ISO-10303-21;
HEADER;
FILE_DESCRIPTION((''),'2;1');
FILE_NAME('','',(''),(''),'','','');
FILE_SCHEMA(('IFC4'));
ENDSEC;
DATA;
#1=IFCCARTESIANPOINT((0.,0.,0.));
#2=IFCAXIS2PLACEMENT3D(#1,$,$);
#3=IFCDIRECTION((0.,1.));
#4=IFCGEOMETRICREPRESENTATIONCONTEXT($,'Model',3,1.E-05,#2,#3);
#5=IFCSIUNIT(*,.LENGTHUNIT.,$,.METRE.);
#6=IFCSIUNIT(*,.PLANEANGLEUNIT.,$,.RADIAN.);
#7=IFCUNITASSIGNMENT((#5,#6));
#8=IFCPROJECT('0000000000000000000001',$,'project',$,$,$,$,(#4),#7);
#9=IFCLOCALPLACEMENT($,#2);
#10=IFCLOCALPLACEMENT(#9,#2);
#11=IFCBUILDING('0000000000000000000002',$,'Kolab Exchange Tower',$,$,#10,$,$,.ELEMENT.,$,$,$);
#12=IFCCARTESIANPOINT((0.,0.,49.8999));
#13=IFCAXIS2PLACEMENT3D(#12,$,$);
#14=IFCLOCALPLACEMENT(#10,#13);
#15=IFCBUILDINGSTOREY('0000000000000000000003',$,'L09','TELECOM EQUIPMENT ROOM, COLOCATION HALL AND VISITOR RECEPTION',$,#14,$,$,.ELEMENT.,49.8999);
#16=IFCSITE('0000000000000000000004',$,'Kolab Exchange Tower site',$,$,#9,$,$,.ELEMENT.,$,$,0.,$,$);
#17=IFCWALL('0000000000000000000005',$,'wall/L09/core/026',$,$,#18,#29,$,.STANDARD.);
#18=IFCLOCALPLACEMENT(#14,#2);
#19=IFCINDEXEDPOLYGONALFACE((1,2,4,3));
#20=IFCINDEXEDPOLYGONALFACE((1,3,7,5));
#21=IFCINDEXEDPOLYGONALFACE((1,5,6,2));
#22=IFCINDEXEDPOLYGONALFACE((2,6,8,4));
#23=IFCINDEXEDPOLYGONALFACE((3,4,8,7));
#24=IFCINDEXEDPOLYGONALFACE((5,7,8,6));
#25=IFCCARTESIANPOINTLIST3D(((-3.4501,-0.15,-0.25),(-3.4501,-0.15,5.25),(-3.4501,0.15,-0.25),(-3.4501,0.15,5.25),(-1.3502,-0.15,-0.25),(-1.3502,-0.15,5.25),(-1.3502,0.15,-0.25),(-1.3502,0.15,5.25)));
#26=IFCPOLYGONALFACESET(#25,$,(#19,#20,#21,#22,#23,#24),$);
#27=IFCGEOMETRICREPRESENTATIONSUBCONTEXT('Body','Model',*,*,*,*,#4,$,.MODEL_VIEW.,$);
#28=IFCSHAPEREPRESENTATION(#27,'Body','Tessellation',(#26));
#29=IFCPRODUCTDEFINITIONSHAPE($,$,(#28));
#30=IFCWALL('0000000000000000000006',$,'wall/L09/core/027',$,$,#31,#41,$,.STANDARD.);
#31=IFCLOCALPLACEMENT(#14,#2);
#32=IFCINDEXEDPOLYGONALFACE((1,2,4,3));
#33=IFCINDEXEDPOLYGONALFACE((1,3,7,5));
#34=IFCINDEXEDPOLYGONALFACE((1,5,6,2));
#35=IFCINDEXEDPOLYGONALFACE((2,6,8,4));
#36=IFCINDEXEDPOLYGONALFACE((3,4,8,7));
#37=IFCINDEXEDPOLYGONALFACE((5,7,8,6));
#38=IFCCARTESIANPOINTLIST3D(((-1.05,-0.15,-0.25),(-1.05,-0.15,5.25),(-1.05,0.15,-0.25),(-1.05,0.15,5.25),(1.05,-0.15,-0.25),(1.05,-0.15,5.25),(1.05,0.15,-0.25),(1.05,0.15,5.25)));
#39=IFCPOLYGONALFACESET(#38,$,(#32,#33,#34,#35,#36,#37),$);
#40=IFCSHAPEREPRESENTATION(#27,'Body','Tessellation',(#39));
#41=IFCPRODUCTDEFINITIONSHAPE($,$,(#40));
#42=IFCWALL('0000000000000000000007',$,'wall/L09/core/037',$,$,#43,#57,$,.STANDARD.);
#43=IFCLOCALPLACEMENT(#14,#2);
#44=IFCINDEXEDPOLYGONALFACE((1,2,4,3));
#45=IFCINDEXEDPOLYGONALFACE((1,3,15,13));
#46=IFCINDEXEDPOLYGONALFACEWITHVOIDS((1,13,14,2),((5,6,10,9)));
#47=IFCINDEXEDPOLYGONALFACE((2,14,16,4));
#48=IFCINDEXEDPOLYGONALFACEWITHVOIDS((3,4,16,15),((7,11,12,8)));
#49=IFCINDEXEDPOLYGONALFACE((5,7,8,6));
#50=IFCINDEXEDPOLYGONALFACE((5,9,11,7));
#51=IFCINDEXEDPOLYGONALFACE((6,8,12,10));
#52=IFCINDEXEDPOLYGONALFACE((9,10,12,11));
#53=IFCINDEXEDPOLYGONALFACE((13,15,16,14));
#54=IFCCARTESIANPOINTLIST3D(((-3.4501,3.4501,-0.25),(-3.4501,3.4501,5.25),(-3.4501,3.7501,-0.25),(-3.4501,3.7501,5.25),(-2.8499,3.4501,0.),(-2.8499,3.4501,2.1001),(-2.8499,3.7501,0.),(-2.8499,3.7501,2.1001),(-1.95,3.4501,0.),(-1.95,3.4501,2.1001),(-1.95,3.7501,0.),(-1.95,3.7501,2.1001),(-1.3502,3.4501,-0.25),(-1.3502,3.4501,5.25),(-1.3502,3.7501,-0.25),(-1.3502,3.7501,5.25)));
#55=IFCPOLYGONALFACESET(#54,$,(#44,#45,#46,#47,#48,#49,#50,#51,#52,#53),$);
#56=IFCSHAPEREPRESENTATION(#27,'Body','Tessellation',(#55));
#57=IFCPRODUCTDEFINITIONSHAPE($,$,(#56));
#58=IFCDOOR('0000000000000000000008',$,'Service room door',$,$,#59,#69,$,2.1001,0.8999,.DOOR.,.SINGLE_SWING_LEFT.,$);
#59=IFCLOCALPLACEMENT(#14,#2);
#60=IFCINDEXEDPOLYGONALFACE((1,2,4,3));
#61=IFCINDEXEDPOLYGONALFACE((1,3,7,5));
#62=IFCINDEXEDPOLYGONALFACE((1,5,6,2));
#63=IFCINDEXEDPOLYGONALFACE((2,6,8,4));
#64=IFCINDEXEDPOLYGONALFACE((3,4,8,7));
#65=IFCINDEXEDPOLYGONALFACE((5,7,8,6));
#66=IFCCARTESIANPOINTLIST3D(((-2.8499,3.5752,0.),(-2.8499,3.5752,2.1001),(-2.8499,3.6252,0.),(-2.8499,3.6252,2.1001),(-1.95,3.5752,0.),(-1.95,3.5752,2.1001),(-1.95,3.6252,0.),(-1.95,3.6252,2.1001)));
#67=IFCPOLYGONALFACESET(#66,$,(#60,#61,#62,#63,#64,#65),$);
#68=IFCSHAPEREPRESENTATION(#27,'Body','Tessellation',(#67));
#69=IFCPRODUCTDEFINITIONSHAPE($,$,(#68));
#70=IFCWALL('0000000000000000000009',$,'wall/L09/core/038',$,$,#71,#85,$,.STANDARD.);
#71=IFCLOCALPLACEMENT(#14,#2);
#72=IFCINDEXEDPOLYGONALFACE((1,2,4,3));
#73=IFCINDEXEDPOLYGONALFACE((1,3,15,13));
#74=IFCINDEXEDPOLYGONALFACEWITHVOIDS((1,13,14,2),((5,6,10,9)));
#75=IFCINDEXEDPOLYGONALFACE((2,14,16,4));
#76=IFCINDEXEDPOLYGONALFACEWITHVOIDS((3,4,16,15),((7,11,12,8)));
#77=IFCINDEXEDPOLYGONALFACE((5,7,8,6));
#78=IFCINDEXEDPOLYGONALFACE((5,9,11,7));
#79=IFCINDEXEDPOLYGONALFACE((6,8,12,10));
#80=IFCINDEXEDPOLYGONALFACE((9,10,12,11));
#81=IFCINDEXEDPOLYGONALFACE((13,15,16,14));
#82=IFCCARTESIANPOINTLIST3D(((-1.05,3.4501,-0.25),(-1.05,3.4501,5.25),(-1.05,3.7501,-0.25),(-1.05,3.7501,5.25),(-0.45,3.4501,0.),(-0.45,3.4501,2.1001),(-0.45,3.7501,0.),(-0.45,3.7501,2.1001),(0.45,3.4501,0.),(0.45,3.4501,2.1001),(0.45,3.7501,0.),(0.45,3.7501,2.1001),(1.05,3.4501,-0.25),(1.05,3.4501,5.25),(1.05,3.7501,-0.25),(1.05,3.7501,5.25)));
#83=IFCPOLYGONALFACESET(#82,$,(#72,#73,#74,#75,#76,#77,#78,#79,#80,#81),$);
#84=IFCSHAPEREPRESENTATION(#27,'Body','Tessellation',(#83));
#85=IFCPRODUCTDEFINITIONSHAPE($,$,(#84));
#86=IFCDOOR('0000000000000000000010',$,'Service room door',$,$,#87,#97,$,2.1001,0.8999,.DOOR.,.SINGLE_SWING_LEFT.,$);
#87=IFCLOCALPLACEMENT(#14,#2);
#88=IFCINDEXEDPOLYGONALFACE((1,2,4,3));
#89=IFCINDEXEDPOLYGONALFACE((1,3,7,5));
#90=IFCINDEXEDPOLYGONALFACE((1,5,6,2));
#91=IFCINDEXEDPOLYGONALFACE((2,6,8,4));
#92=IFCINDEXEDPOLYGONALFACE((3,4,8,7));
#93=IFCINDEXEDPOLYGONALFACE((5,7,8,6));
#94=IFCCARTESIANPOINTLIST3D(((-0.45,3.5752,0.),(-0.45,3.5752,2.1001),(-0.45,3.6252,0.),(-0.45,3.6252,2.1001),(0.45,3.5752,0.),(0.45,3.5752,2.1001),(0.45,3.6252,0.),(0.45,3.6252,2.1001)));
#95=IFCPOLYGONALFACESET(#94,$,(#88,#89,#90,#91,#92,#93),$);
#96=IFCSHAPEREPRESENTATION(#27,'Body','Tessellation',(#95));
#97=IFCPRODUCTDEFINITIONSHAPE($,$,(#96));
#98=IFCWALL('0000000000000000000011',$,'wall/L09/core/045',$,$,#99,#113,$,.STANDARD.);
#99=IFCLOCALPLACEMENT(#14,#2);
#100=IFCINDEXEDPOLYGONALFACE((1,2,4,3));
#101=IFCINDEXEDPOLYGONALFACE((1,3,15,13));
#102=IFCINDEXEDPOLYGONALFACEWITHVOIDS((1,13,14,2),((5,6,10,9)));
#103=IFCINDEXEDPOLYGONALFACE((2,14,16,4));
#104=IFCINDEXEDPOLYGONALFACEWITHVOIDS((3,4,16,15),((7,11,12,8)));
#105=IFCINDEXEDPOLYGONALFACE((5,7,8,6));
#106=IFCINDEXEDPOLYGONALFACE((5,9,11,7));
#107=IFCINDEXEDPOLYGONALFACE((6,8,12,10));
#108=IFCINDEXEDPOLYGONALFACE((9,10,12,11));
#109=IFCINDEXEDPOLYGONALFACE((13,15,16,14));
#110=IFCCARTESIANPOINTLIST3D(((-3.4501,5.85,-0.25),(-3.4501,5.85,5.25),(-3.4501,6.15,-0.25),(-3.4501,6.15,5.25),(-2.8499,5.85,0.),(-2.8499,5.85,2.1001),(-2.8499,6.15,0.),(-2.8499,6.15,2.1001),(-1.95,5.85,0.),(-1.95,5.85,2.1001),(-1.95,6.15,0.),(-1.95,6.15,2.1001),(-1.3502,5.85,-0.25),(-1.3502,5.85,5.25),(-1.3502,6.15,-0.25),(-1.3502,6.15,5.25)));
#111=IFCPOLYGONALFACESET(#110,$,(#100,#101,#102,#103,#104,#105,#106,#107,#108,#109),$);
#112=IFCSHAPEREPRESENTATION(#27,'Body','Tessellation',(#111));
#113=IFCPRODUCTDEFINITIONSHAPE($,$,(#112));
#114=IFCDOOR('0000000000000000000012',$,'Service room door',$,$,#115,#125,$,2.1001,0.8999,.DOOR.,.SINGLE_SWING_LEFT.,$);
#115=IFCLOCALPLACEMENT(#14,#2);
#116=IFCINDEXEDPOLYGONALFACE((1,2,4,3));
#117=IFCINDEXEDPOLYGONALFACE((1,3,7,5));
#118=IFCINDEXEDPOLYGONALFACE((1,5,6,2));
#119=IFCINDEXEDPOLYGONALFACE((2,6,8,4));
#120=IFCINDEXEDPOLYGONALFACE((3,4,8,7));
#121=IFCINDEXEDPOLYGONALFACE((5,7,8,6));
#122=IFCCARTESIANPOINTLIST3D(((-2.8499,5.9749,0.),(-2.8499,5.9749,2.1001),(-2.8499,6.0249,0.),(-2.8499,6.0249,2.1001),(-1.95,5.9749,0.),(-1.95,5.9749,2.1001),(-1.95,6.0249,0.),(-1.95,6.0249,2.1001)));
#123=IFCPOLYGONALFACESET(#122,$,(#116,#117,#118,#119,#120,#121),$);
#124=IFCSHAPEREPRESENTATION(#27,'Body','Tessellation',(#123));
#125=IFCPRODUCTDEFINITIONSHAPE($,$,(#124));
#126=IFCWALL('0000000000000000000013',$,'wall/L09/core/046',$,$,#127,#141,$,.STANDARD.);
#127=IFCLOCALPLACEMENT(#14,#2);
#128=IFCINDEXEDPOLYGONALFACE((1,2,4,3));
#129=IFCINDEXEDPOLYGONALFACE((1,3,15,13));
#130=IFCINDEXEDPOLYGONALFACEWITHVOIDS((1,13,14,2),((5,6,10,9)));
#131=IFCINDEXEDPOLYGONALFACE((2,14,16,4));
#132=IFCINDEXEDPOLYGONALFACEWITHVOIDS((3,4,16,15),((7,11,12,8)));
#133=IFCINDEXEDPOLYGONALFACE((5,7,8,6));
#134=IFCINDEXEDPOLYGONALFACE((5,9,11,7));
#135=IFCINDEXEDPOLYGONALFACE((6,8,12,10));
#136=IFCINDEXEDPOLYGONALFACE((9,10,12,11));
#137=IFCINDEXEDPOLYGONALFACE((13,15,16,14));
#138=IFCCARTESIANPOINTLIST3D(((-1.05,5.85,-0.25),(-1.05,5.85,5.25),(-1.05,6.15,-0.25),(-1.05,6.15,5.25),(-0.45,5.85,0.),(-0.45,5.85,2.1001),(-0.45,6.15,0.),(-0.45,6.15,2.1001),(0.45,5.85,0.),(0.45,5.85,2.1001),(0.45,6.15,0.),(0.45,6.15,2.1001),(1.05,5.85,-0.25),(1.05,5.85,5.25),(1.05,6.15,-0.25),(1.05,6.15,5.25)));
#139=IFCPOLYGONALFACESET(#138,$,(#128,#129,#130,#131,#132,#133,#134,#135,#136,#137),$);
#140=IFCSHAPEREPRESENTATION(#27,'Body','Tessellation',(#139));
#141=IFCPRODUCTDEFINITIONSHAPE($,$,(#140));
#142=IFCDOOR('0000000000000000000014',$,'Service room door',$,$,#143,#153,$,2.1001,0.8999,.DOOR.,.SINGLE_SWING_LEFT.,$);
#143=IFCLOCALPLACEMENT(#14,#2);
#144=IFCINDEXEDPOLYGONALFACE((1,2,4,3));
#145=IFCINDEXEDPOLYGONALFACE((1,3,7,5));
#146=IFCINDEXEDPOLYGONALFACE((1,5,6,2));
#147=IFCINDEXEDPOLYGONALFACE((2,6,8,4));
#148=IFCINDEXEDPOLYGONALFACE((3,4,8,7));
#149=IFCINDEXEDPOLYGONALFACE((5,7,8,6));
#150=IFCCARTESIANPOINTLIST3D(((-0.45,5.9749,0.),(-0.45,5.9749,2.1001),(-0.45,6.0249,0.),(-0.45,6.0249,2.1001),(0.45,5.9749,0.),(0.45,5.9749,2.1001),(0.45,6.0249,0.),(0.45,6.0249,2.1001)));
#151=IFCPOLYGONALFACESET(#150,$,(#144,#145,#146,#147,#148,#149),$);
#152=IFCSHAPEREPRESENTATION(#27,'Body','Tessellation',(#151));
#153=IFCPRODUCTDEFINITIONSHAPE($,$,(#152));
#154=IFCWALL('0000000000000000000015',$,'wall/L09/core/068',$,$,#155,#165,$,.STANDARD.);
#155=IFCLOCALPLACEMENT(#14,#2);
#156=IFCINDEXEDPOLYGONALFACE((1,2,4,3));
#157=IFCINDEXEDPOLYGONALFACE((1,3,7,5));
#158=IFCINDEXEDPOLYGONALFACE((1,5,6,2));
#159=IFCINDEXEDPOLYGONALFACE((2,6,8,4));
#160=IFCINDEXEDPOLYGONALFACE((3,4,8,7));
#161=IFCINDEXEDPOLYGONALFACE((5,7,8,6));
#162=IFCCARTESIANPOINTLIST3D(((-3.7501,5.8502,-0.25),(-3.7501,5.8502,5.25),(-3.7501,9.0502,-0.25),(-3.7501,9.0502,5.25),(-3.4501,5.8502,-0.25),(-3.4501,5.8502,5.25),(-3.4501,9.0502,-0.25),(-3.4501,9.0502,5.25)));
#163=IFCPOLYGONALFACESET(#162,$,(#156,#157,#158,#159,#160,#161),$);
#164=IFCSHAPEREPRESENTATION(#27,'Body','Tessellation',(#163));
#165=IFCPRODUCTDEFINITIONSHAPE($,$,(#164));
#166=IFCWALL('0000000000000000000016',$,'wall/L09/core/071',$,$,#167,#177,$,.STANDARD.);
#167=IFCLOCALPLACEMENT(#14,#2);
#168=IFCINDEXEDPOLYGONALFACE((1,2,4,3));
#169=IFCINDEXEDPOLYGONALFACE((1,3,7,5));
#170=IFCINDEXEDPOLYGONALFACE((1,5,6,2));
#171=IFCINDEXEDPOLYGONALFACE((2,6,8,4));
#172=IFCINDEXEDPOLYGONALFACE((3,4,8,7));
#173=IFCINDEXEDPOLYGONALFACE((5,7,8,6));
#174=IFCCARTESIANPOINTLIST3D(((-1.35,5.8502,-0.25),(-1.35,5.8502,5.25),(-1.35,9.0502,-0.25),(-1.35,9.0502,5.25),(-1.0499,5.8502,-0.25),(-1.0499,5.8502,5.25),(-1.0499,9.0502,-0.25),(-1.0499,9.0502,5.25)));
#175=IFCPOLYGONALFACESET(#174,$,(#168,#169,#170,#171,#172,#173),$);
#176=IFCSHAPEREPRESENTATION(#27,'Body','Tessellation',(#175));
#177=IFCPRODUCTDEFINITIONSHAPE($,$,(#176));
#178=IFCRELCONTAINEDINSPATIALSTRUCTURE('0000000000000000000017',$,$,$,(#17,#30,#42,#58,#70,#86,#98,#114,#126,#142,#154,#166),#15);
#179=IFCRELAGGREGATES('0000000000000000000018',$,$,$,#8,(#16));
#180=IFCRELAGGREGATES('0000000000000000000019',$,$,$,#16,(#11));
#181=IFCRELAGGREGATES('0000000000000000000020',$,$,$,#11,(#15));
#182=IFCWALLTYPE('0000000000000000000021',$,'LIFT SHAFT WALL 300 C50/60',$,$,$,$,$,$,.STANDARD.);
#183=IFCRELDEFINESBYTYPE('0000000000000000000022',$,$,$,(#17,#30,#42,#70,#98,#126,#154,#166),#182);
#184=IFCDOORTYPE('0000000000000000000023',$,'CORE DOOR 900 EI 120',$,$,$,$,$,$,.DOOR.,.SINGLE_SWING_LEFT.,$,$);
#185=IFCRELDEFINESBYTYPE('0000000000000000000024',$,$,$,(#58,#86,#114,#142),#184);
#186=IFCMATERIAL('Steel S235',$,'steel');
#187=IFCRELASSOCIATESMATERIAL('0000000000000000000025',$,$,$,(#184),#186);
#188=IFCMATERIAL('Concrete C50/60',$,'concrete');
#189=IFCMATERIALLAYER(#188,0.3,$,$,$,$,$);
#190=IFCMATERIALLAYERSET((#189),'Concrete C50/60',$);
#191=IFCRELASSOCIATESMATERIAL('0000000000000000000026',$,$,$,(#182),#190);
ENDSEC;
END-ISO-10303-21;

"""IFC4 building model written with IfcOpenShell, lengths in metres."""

from ifc_helpers import new_model, si_unit, direction, frame, frame_2d, origin, place, context, subcontext, project, spatial, rectangle, extrude, material, layer, layer_set, type_object, element, fill, save


model = new_model("IFC4")

# Units and contexts
model_context = context("Model", 3, precision=1e-05, world=origin(), true_north=direction((0.0, 1.0)))
body_context = subcontext(model_context, "Body", "Model", "MODEL_VIEW")
ifc_project = project(units=[si_unit("LENGTHUNIT", "METRE"), si_unit("PLANEANGLEUNIT", "RADIAN")], contexts=[model_context])

# Site, building, storey
site_placement = place(None, origin())
site = spatial("IfcSite", under=ifc_project, at=site_placement, Name="Kolab Exchange Tower site", CompositionType="ELEMENT", RefElevation=0.0)
building_placement = place(site_placement, origin())
building = spatial("IfcBuilding", under=site, at=building_placement, Name="Kolab Exchange Tower", CompositionType="ELEMENT")
storey_placement = place(building_placement, frame((0.0, 0.0, 49.8999)))
storey = spatial("IfcBuildingStorey", under=building, at=storey_placement, Name="L09", Description="TELECOM EQUIPMENT ROOM, COLOCATION HALL AND VISITOR RECEPTION", CompositionType="ELEMENT", Elevation=49.8999)

# Shared definitions
ifc_material_1 = material(Name="Steel S235", Category="steel")
door_type_1 = type_object("IfcDoorType", Name="CORE DOOR 900 EI 120", OperationType="SINGLE_SWING_LEFT", PredefinedType="DOOR", material=ifc_material_1)

# Walls
ifc_material_2 = material(Name="Concrete C50/60", Category="concrete")
ifc_layer_1 = layer(ifc_material_2, 0.3)
ifc_layer_set_1 = layer_set([ifc_layer_1], Name="Concrete C50/60")
wall_type_1 = type_object("IfcWallType", Name="LIFT SHAFT WALL 300 C50/60", PredefinedType="STANDARD", material=ifc_layer_set_1)
wall_1_placement = place(storey_placement, frame((-3.45, 0.0, -0.25), z_axis=(0.0, 0.0, 1.0), x_axis=(1.0, 0.0, 0.0)))
element("IfcWall", 1, at=wall_1_placement, inside=storey, type_object=wall_type_1, Name="wall/L09/core/026", PredefinedType="STANDARD", context=body_context, shape_type="SweptSolid", body=[
    extrude(rectangle(XDim=2.0999, YDim=0.3, at=frame_2d((1.0498, 0.0))), origin(), (0.0, 0.0, 1.0), 5.5),
])
wall_2_placement = place(storey_placement, frame((-1.05, 0.0, -0.25), z_axis=(0.0, 0.0, 1.0), x_axis=(1.0, 0.0, 0.0)))
element("IfcWall", 2, at=wall_2_placement, inside=storey, type_object=wall_type_1, Name="wall/L09/core/027", PredefinedType="STANDARD", context=body_context, shape_type="SweptSolid", body=[
    extrude(rectangle(XDim=2.1001, YDim=0.3, at=frame_2d((1.05, 0.0))), origin(), (0.0, 0.0, 1.0), 5.5),
])

# Walls, openings, doors
wall_3_placement = place(storey_placement, frame((-3.45, 3.6001, -0.25), z_axis=(0.0, 0.0, 1.0), x_axis=(1.0, 0.0, 0.0)))
wall_3 = element("IfcWall", 3, at=wall_3_placement, inside=storey, type_object=wall_type_1, Name="wall/L09/core/037", PredefinedType="STANDARD", context=body_context, shape_type="SweptSolid", body=[
    extrude(rectangle(XDim=2.0999, YDim=0.3, at=frame_2d((1.0498, 0.0))), origin(), (0.0, 0.0, 1.0), 5.5),
])
opening_1_placement = place(wall_3_placement, frame((0.6001, 0.0, 0.25)))
opening_1 = element("IfcOpeningElement", 4, at=opening_1_placement, cuts=wall_3, PredefinedType="OPENING", context=body_context, shape_type="SweptSolid", body=[
    extrude(rectangle(XDim=0.8999, YDim=2.1001, at=frame_2d((0.45, 1.05))), frame((0.0, 0.1602, 0.0), z_axis=(0.0, -1.0, 0.0), x_axis=(1.0, 0.0, 0.0)), (0.0, 0.0, 1.0), 0.3201),
])
door_1_placement = place(opening_1_placement, frame((0.8999, 0.0, 0.0), z_axis=(0.0, 0.0, 1.0), x_axis=(-1.0, 0.0, 0.0)))
door_1 = element("IfcDoor", 5, at=door_1_placement, inside=storey, type_object=door_type_1, Name="Service room door", OperationType="SINGLE_SWING_LEFT", OverallHeight=2.1001, OverallWidth=0.8999, PredefinedType="DOOR", context=body_context, shape_type="SweptSolid", body=[
    extrude(rectangle(XDim=0.8999, YDim=2.1001, at=frame_2d((0.45, 1.05))), frame((0.0, 0.0249, 0.0), z_axis=(0.0, -1.0, 0.0), x_axis=(1.0, 0.0, 0.0)), (0.0, 0.0, 1.0), 0.05),
])
fill(opening_1, door_1)
wall_4_placement = place(storey_placement, frame((-1.05, 3.6001, -0.25), z_axis=(0.0, 0.0, 1.0), x_axis=(1.0, 0.0, 0.0)))
wall_4 = element("IfcWall", 6, at=wall_4_placement, inside=storey, type_object=wall_type_1, Name="wall/L09/core/038", PredefinedType="STANDARD", context=body_context, shape_type="SweptSolid", body=[
    extrude(rectangle(XDim=2.1001, YDim=0.3, at=frame_2d((1.05, 0.0))), origin(), (0.0, 0.0, 1.0), 5.5),
])
opening_2_placement = place(wall_4_placement, frame((0.6001, 0.0, 0.25)))
opening_2 = element("IfcOpeningElement", 7, at=opening_2_placement, cuts=wall_4, PredefinedType="OPENING", context=body_context, shape_type="SweptSolid", body=[
    extrude(rectangle(XDim=0.8999, YDim=2.1001, at=frame_2d((0.45, 1.05))), frame((0.0, 0.1602, 0.0), z_axis=(0.0, -1.0, 0.0), x_axis=(1.0, 0.0, 0.0)), (0.0, 0.0, 1.0), 0.3201),
])
door_2_placement = place(opening_2_placement, frame((0.8999, 0.0, 0.0), z_axis=(0.0, 0.0, 1.0), x_axis=(-1.0, 0.0, 0.0)))
door_2 = element("IfcDoor", 8, at=door_2_placement, inside=storey, type_object=door_type_1, Name="Service room door", OperationType="SINGLE_SWING_LEFT", OverallHeight=2.1001, OverallWidth=0.8999, PredefinedType="DOOR", context=body_context, shape_type="SweptSolid", body=[
    extrude(rectangle(XDim=0.8999, YDim=2.1001, at=frame_2d((0.45, 1.05))), frame((0.0, 0.0249, 0.0), z_axis=(0.0, -1.0, 0.0), x_axis=(1.0, 0.0, 0.0)), (0.0, 0.0, 1.0), 0.05),
])
fill(opening_2, door_2)
wall_5_placement = place(storey_placement, frame((-3.45, 6.0, -0.25), z_axis=(0.0, 0.0, 1.0), x_axis=(1.0, 0.0, 0.0)))
wall_5 = element("IfcWall", 9, at=wall_5_placement, inside=storey, type_object=wall_type_1, Name="wall/L09/core/045", PredefinedType="STANDARD", context=body_context, shape_type="SweptSolid", body=[
    extrude(rectangle(XDim=2.0999, YDim=0.3, at=frame_2d((1.0498, 0.0))), origin(), (0.0, 0.0, 1.0), 5.5),
])
opening_3_placement = place(wall_5_placement, frame((0.6001, 0.0, 0.25)))
opening_3 = element("IfcOpeningElement", 10, at=opening_3_placement, cuts=wall_5, PredefinedType="OPENING", context=body_context, shape_type="SweptSolid", body=[
    extrude(rectangle(XDim=0.8999, YDim=2.1001, at=frame_2d((0.45, 1.05))), frame((0.0, 0.1602, 0.0), z_axis=(0.0, -1.0, 0.0), x_axis=(1.0, 0.0, 0.0)), (0.0, 0.0, 1.0), 0.3201),
])
door_3_placement = place(opening_3_placement, origin())
door_3 = element("IfcDoor", 11, at=door_3_placement, inside=storey, type_object=door_type_1, Name="Service room door", OperationType="SINGLE_SWING_LEFT", OverallHeight=2.1001, OverallWidth=0.8999, PredefinedType="DOOR", context=body_context, shape_type="SweptSolid", body=[
    extrude(rectangle(XDim=0.8999, YDim=2.1001, at=frame_2d((0.45, 1.05))), frame((0.0, 0.0249, 0.0), z_axis=(0.0, -1.0, 0.0), x_axis=(1.0, 0.0, 0.0)), (0.0, 0.0, 1.0), 0.05),
])
fill(opening_3, door_3)
wall_6_placement = place(storey_placement, frame((-1.05, 6.0, -0.25), z_axis=(0.0, 0.0, 1.0), x_axis=(1.0, 0.0, 0.0)))
wall_6 = element("IfcWall", 12, at=wall_6_placement, inside=storey, type_object=wall_type_1, Name="wall/L09/core/046", PredefinedType="STANDARD", context=body_context, shape_type="SweptSolid", body=[
    extrude(rectangle(XDim=2.1001, YDim=0.3, at=frame_2d((1.05, 0.0))), origin(), (0.0, 0.0, 1.0), 5.5),
])
opening_4_placement = place(wall_6_placement, frame((0.6001, 0.0, 0.25)))
opening_4 = element("IfcOpeningElement", 13, at=opening_4_placement, cuts=wall_6, PredefinedType="OPENING", context=body_context, shape_type="SweptSolid", body=[
    extrude(rectangle(XDim=0.8999, YDim=2.1001, at=frame_2d((0.45, 1.05))), frame((0.0, 0.1602, 0.0), z_axis=(0.0, -1.0, 0.0), x_axis=(1.0, 0.0, 0.0)), (0.0, 0.0, 1.0), 0.3201),
])
door_4_placement = place(opening_4_placement, origin())
door_4 = element("IfcDoor", 14, at=door_4_placement, inside=storey, type_object=door_type_1, Name="Service room door", OperationType="SINGLE_SWING_LEFT", OverallHeight=2.1001, OverallWidth=0.8999, PredefinedType="DOOR", context=body_context, shape_type="SweptSolid", body=[
    extrude(rectangle(XDim=0.8999, YDim=2.1001, at=frame_2d((0.45, 1.05))), frame((0.0, 0.0249, 0.0), z_axis=(0.0, -1.0, 0.0), x_axis=(1.0, 0.0, 0.0)), (0.0, 0.0, 1.0), 0.05),
])
fill(opening_4, door_4)

# Walls
for number, where, z_axis, x_axis, name in (
    (15, (-3.6001, 5.8501, -0.25), (0.0, 0.0, 1.0), (0.0, 1.0, 0.0), "wall/L09/core/068"),
    (16, (-1.2, 5.8501, -0.25), (0.0, 0.0, 1.0), (0.0, 1.0, 0.0), "wall/L09/core/071"),
):
    element("IfcWall", number, at=place(storey_placement, frame(where, z_axis=z_axis, x_axis=x_axis)), inside=storey, type_object=wall_type_1, Name=name, PredefinedType="STANDARD", context=body_context, shape_type="SweptSolid", body=[
        extrude(rectangle(XDim=3.2, YDim=0.3, at=frame_2d((1.6001, 0.0))), origin(), (0.0, 0.0, 1.0), 5.5),
    ])

save(model, "model.ifc")
